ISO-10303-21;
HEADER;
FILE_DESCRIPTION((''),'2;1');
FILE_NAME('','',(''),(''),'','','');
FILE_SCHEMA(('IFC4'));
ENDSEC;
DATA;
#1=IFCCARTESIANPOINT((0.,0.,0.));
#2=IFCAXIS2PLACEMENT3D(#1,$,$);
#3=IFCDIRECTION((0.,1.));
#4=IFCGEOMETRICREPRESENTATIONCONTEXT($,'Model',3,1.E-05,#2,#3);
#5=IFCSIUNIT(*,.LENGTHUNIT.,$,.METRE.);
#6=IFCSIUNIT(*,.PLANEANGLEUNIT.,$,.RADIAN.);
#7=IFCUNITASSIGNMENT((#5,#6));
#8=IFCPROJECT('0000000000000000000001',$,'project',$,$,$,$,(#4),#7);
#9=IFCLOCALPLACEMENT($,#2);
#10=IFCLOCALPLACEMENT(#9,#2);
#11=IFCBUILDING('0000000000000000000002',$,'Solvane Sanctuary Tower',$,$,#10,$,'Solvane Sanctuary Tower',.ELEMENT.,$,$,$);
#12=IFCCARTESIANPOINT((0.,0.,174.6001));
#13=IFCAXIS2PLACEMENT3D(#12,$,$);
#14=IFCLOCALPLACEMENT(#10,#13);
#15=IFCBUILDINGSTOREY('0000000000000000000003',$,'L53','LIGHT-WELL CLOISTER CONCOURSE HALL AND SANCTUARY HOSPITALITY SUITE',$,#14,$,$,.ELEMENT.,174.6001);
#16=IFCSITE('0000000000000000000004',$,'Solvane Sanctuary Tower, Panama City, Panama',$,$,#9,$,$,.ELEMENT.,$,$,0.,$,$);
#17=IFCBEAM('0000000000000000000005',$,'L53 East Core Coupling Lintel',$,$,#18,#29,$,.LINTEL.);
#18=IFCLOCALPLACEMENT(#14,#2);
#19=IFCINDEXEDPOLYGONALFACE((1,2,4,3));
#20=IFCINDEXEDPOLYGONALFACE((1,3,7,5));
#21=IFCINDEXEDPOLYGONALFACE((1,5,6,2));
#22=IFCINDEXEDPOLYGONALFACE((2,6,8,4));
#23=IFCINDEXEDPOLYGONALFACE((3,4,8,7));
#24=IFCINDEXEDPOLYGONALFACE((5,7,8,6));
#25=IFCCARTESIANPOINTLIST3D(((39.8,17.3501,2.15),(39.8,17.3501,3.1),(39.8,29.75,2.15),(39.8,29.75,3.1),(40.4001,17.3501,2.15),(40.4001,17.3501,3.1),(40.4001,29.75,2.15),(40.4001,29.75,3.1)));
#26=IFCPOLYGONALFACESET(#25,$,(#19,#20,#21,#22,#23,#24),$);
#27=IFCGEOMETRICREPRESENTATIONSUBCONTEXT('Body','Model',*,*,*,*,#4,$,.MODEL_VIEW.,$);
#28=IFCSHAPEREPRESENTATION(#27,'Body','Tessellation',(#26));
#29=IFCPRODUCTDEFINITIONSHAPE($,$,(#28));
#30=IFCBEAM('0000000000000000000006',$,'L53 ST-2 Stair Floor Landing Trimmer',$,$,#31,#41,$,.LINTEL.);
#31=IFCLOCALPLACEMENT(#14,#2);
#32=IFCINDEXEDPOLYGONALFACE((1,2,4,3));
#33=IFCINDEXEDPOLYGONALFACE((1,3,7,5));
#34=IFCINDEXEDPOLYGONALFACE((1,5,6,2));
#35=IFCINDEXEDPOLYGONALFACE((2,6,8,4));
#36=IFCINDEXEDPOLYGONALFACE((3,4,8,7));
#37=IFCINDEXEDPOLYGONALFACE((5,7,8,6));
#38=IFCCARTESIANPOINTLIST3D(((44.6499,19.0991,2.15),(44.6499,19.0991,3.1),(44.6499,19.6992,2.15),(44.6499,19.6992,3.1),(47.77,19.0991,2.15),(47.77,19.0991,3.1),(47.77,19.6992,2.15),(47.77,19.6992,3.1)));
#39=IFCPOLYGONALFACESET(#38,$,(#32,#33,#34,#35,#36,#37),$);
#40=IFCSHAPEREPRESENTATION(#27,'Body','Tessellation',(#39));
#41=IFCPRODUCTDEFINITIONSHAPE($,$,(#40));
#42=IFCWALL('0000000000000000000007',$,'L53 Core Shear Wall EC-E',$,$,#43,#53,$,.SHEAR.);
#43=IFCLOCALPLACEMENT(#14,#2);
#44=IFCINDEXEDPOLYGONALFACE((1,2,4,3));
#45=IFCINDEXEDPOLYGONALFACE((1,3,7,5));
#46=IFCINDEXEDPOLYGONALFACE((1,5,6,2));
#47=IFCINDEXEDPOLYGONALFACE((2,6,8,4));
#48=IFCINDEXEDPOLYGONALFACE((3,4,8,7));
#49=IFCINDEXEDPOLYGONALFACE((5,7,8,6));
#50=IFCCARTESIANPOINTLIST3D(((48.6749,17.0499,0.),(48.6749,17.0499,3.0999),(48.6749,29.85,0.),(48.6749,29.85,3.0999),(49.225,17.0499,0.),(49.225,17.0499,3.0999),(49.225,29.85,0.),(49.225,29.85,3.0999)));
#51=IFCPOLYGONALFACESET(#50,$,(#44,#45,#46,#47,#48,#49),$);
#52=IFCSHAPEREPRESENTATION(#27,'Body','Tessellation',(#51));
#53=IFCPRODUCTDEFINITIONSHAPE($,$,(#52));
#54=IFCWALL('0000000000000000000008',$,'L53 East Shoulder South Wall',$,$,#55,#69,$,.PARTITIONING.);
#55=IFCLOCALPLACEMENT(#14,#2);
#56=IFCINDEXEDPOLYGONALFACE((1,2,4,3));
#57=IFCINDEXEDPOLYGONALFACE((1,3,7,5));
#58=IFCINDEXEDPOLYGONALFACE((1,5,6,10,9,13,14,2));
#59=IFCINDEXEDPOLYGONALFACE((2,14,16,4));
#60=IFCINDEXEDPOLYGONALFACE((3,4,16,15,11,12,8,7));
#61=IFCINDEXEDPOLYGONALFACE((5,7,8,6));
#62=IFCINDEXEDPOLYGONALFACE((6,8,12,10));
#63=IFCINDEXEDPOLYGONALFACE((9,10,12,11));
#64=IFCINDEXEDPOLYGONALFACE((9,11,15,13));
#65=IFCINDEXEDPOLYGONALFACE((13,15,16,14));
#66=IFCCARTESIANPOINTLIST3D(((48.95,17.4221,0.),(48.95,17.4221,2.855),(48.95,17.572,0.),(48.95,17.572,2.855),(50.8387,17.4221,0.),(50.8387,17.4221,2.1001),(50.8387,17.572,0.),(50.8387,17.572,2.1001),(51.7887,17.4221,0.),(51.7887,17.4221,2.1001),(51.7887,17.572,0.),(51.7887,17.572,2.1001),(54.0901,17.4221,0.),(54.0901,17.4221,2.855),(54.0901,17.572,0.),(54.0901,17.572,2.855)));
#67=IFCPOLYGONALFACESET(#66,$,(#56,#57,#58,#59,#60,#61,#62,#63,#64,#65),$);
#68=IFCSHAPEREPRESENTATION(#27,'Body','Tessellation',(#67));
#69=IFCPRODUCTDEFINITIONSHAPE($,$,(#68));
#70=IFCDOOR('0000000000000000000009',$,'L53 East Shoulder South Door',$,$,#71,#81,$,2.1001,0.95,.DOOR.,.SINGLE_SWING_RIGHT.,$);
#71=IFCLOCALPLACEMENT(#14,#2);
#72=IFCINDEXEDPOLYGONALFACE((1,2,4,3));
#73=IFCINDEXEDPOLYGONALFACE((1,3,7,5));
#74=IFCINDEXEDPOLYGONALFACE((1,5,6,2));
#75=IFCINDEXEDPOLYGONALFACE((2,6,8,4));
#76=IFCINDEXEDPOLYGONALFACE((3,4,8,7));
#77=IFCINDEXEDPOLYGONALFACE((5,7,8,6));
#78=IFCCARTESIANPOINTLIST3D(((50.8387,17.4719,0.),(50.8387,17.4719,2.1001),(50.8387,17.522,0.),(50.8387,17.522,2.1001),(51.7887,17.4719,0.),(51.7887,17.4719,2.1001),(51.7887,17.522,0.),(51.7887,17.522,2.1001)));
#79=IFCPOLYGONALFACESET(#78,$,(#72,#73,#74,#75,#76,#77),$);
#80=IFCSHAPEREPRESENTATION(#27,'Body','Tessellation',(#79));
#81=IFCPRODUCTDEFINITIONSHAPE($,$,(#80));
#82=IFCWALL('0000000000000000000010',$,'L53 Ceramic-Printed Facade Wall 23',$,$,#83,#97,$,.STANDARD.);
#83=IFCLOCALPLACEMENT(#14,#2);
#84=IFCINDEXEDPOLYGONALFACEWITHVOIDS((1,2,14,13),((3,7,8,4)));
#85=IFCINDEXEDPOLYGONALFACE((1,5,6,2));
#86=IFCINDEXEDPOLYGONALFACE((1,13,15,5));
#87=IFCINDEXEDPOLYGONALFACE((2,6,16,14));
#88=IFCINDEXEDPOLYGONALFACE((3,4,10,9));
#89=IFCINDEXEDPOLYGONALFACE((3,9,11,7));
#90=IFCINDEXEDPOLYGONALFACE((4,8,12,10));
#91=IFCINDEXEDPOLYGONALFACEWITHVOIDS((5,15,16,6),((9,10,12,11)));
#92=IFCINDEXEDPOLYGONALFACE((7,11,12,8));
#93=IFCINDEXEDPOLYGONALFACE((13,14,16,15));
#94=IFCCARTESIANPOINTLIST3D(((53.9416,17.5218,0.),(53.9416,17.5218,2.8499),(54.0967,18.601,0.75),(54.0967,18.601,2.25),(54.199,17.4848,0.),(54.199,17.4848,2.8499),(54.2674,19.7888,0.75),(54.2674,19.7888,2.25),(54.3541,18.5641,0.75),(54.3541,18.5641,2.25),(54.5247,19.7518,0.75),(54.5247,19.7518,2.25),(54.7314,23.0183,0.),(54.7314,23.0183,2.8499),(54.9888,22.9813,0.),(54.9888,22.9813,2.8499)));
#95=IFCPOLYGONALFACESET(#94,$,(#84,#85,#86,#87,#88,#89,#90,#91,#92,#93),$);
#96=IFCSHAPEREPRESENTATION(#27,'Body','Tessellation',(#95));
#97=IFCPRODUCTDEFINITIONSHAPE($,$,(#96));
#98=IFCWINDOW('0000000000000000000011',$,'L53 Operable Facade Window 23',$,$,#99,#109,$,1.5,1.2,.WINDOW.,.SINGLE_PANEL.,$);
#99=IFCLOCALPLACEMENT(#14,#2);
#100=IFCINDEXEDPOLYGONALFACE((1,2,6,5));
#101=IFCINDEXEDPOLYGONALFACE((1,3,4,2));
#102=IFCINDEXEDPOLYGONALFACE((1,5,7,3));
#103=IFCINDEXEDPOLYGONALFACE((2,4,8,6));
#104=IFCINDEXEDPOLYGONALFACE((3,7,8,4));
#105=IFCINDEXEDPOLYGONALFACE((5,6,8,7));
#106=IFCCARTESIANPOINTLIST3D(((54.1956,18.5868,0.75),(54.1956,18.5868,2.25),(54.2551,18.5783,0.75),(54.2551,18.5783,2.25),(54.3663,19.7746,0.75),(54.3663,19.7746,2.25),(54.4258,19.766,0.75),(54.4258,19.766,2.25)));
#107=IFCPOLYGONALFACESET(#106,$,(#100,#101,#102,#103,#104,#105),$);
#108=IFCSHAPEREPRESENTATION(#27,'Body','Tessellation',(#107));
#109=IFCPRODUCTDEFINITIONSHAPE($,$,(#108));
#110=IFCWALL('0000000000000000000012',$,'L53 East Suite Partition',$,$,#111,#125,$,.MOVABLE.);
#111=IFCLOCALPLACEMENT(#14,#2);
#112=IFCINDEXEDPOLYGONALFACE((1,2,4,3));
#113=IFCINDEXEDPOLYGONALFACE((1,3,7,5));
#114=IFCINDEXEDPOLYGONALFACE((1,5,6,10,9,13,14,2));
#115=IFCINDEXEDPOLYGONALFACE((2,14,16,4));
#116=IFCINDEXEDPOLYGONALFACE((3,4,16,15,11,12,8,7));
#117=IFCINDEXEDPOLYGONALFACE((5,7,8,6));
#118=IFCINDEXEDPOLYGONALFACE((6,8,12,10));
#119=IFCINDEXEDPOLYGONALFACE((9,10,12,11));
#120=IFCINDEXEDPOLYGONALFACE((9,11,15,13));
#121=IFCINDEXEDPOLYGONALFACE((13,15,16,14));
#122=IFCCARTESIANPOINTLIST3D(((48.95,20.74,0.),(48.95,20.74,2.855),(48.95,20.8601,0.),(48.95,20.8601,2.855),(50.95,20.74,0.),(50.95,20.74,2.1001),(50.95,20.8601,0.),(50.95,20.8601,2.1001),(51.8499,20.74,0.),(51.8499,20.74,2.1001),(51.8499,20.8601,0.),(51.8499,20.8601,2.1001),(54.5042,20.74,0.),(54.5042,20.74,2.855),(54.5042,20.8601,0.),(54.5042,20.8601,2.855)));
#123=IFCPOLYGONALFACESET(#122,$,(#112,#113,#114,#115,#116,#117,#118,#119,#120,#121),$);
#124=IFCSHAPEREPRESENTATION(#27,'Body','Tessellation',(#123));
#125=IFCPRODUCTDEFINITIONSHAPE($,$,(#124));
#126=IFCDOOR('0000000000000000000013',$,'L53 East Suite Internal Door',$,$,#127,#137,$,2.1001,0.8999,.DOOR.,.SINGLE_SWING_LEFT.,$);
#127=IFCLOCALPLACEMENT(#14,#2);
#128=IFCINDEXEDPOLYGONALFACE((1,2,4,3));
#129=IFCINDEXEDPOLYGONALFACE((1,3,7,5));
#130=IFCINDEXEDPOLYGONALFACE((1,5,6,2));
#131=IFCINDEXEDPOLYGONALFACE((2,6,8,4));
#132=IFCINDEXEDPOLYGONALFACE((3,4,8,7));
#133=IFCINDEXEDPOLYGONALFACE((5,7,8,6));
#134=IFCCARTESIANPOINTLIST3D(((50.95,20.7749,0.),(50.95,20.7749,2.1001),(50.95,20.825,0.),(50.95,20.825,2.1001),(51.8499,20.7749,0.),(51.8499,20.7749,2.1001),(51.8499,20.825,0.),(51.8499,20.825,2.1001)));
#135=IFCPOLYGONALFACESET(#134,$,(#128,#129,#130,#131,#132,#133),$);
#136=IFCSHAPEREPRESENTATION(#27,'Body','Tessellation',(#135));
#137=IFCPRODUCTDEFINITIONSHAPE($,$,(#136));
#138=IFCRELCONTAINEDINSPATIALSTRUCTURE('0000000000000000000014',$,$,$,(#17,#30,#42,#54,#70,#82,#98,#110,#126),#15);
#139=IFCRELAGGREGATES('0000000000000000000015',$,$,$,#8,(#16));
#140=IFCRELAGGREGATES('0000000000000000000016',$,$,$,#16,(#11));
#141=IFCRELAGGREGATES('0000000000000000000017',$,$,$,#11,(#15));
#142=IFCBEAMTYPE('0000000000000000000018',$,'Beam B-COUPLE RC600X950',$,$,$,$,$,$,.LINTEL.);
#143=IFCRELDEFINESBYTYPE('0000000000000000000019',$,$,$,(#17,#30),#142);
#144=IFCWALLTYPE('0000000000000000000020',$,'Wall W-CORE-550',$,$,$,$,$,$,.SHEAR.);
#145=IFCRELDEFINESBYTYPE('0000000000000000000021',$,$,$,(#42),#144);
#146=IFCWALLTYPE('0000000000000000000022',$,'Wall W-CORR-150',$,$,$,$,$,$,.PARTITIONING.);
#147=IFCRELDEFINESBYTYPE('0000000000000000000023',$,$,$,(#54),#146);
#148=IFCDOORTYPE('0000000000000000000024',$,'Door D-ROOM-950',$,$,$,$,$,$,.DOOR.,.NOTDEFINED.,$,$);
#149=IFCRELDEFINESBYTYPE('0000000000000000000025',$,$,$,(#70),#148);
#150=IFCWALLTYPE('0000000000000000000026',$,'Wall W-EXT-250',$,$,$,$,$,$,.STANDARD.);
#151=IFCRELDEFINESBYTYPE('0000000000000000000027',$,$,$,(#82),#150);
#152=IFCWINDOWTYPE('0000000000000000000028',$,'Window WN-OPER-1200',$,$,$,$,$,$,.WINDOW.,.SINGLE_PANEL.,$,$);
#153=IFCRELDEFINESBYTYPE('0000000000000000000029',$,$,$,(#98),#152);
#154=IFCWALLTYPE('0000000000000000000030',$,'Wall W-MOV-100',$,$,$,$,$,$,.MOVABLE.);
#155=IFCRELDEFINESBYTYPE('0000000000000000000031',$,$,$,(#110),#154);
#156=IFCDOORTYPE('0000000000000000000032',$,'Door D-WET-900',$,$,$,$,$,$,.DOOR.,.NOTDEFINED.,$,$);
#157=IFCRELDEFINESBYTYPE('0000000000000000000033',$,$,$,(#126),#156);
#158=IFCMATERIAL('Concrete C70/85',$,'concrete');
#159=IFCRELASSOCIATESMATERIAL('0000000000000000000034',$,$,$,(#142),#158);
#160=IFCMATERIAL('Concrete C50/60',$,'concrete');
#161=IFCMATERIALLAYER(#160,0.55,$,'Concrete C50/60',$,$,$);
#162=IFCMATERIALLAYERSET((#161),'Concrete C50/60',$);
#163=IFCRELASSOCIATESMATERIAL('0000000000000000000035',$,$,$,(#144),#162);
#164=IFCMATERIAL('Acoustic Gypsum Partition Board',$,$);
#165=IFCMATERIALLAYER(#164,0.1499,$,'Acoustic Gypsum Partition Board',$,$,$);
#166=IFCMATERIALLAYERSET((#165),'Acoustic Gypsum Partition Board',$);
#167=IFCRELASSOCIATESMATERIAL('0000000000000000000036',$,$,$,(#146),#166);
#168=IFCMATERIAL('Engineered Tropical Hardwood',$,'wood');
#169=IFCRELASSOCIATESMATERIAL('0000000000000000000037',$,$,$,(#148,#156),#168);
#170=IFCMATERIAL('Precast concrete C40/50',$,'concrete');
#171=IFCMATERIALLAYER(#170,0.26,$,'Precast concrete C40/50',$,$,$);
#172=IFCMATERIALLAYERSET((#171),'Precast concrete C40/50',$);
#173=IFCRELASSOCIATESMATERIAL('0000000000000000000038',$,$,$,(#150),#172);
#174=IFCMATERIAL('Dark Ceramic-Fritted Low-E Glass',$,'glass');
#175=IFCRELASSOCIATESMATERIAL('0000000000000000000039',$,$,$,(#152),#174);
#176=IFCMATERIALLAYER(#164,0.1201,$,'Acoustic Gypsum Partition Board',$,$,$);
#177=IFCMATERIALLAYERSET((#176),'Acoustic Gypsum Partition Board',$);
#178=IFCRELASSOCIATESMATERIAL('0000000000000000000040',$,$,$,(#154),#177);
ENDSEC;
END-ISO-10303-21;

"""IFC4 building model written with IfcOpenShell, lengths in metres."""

from ifc_helpers import new_model, si_unit, direction, frame, frame_2d, origin, origin_2d, place, context, subcontext, project, spatial, rectangle, extrude, material, layer, layer_set, material_profile, profile_set, type_object, element, fill, save


model = new_model("IFC4")

# Units and contexts
model_context = context("Model", 3, precision=1e-05, world=origin(), true_north=direction((0.0, 1.0)))
body_context = subcontext(model_context, "Body", "Model", "MODEL_VIEW")
ifc_project = project(units=[si_unit("LENGTHUNIT", "METRE"), si_unit("PLANEANGLEUNIT", "RADIAN")], contexts=[model_context])

# Site, building, storey
site_placement = place(None, origin())
site = spatial("IfcSite", under=ifc_project, at=site_placement, Name="Solvane Sanctuary Tower, Panama City, Panama", CompositionType="ELEMENT", RefElevation=0.0)
building_placement = place(site_placement, origin())
building = spatial("IfcBuilding", under=site, at=building_placement, Name="Solvane Sanctuary Tower", LongName="Solvane Sanctuary Tower", CompositionType="ELEMENT")
storey_placement = place(building_placement, frame((0.0, 0.0, 174.6001)))
storey = spatial("IfcBuildingStorey", under=building, at=storey_placement, Name="L53", Description="LIGHT-WELL CLOISTER CONCOURSE HALL AND SANCTUARY HOSPITALITY SUITE", CompositionType="ELEMENT", Elevation=174.6001)

# Beams
ifc_material_1 = material(Name="Concrete C70/85", Category="concrete")
ifc_material_profile = material_profile(ifc_material_1, rectangle(XDim=0.6001, YDim=0.95, at=origin_2d()), Name="RC600X950")
ifc_profile_set = profile_set([ifc_material_profile], Name="Concrete C70/85")
beam_type = type_object("IfcBeamType", Name="Beam B-COUPLE RC600X950", PredefinedType="LINTEL", material=ifc_profile_set)
beam_1_placement = place(storey_placement, frame((40.1001, 17.3501, 2.625), z_axis=(0.0, 1.0, 0.0), x_axis=(-1.0, 0.0, 0.0)))
element("IfcBeam", 1, at=beam_1_placement, inside=storey, type_object=beam_type, Name="L53 East Core Coupling Lintel", PredefinedType="LINTEL", context=body_context, shape_type="SweptSolid", body=[
    extrude(rectangle(XDim=0.6001, YDim=0.95, at=origin_2d()), origin(), (0.0, 0.0, 1.0), 12.3999),
])
beam_2_placement = place(storey_placement, frame((44.6499, 19.3992, 2.625), z_axis=(1.0, 0.0, 0.0), x_axis=(0.0, 1.0, 0.0)))
element("IfcBeam", 2, at=beam_2_placement, inside=storey, type_object=beam_type, Name="L53 ST-2 Stair Floor Landing Trimmer", PredefinedType="LINTEL", context=body_context, shape_type="SweptSolid", body=[
    extrude(rectangle(XDim=0.6001, YDim=0.95, at=origin_2d()), origin(), (0.0, 0.0, 1.0), 3.1201),
])

# Wall
ifc_material_2 = material(Name="Concrete C50/60", Category="concrete")
ifc_layer_1 = layer(ifc_material_2, 0.55, Name="Concrete C50/60")
ifc_layer_set_1 = layer_set([ifc_layer_1], Name="Concrete C50/60")
wall_type_1 = type_object("IfcWallType", Name="Wall W-CORE-550", PredefinedType="SHEAR", material=ifc_layer_set_1)
wall_1_placement = place(storey_placement, frame((48.95, 17.05, 0.0), z_axis=(0.0, 0.0, 1.0), x_axis=(0.0, 1.0, 0.0)))
element("IfcWall", 3, at=wall_1_placement, inside=storey, type_object=wall_type_1, Name="L53 Core Shear Wall EC-E", PredefinedType="SHEAR", context=body_context, shape_type="SweptSolid", body=[
    extrude(rectangle(XDim=12.8, YDim=0.55, at=frame_2d((6.3999, 0.0))), origin(), (0.0, 0.0, 1.0), 3.0999),
])

# Wall, opening, door
ifc_material_3 = material(Name="Acoustic Gypsum Partition Board")
ifc_layer_2 = layer(ifc_material_3, 0.1499, Name="Acoustic Gypsum Partition Board")
ifc_layer_set_2 = layer_set([ifc_layer_2], Name="Acoustic Gypsum Partition Board")
wall_type_2 = type_object("IfcWallType", Name="Wall W-CORR-150", PredefinedType="PARTITIONING", material=ifc_layer_set_2)
wall_2_placement = place(storey_placement, frame((48.95, 17.4971, 0.0), z_axis=(0.0, 0.0, 1.0), x_axis=(1.0, 0.0, 0.0)))
wall_2 = element("IfcWall", 4, at=wall_2_placement, inside=storey, type_object=wall_type_2, Name="L53 East Shoulder South Wall", PredefinedType="PARTITIONING", context=body_context, shape_type="SweptSolid", body=[
    extrude(rectangle(XDim=5.1401, YDim=0.1499, at=frame_2d((2.5701, 0.0))), origin(), (0.0, 0.0, 1.0), 2.855),
])
opening_1_placement = place(wall_2_placement, frame((1.8887, 0.0, 0.0)))
opening_1 = element("IfcOpeningElement", 5, at=opening_1_placement, cuts=wall_2, PredefinedType="OPENING", context=body_context, shape_type="SweptSolid", body=[
    extrude(rectangle(XDim=0.95, YDim=2.1001, at=frame_2d((0.4751, 1.05))), frame((0.0, 0.085, 0.0), z_axis=(0.0, -1.0, 0.0), x_axis=(1.0, 0.0, 0.0)), (0.0, 0.0, 1.0), 0.1699),
])
ifc_material_4 = material(Name="Engineered Tropical Hardwood", Category="wood")
door_type_1 = type_object("IfcDoorType", Name="Door D-ROOM-950", OperationType="NOTDEFINED", PredefinedType="DOOR", material=ifc_material_4)
door_1_placement = place(opening_1_placement, origin())
door_1 = element("IfcDoor", 6, at=door_1_placement, inside=storey, type_object=door_type_1, Name="L53 East Shoulder South Door", OperationType="SINGLE_SWING_RIGHT", OverallHeight=2.1001, OverallWidth=0.95, PredefinedType="DOOR", context=body_context, shape_type="SweptSolid", body=[
    extrude(rectangle(XDim=0.95, YDim=2.1001, at=frame_2d((0.4751, 1.05))), frame((0.0, 0.0249, 0.0), z_axis=(0.0, -1.0, 0.0), x_axis=(1.0, 0.0, 0.0)), (0.0, 0.0, 1.0), 0.05),
])
fill(opening_1, door_1)

# Wall, opening, window
ifc_material_5 = material(Name="Precast concrete C40/50", Category="concrete")
ifc_layer_3 = layer(ifc_material_5, 0.26, Name="Precast concrete C40/50")
ifc_layer_set_3 = layer_set([ifc_layer_3], Name="Precast concrete C40/50")
wall_type_3 = type_object("IfcWallType", Name="Wall W-EXT-250", PredefinedType="STANDARD", material=ifc_layer_set_3)
wall_3_placement = place(storey_placement, frame((54.0703, 17.5034, 0.0), z_axis=(0.0, 0.0, 1.0), x_axis=(0.142228, 0.989834, 0.0)))
wall_3 = element("IfcWall", 7, at=wall_3_placement, inside=storey, type_object=wall_type_3, Name="L53 Ceramic-Printed Facade Wall 23", PredefinedType="STANDARD", context=body_context, shape_type="SweptSolid", body=[
    extrude(rectangle(XDim=5.553, YDim=0.26, at=frame_2d((2.7764, 0.0))), origin(), (0.0, 0.0, 1.0), 2.8499),
])
opening_2_placement = place(wall_3_placement, frame((1.0901, 0.0, 0.75)))
opening_2 = element("IfcOpeningElement", 8, at=opening_2_placement, cuts=wall_3, PredefinedType="OPENING", context=body_context, shape_type="SweptSolid", body=[
    extrude(rectangle(XDim=1.2, YDim=1.5, at=frame_2d((0.6001, 0.75))), frame((0.0, 0.1399, 0.0), z_axis=(0.0, -1.0, 0.0), x_axis=(1.0, 0.0, 0.0)), (0.0, 0.0, 1.0), 0.28),
])
ifc_material_6 = material(Name="Dark Ceramic-Fritted Low-E Glass", Category="glass")
window_type = type_object("IfcWindowType", Name="Window WN-OPER-1200", PartitioningType="SINGLE_PANEL", PredefinedType="WINDOW", material=ifc_material_6)
window_placement = place(opening_2_placement, origin())
window = element("IfcWindow", 9, at=window_placement, inside=storey, type_object=window_type, Name="L53 Operable Facade Window 23", OverallHeight=1.5, OverallWidth=1.2, PartitioningType="SINGLE_PANEL", PredefinedType="WINDOW", context=body_context, shape_type="SweptSolid", body=[
    extrude(rectangle(XDim=1.2, YDim=1.5, at=frame_2d((0.6001, 0.75))), frame((0.0, 0.03, 0.0), z_axis=(0.0, -1.0, 0.0), x_axis=(1.0, 0.0, 0.0)), (0.0, 0.0, 1.0), 0.0601),
])
fill(opening_2, window)

# Wall, opening, door
ifc_layer_4 = layer(ifc_material_3, 0.1201, Name="Acoustic Gypsum Partition Board")
ifc_layer_set_4 = layer_set([ifc_layer_4], Name="Acoustic Gypsum Partition Board")
wall_type_4 = type_object("IfcWallType", Name="Wall W-MOV-100", PredefinedType="MOVABLE", material=ifc_layer_set_4)
wall_4_placement = place(storey_placement, frame((48.95, 20.8, 0.0), z_axis=(0.0, 0.0, 1.0), x_axis=(1.0, 0.0, 0.0)))
wall_4 = element("IfcWall", 10, at=wall_4_placement, inside=storey, type_object=wall_type_4, Name="L53 East Suite Partition", PredefinedType="MOVABLE", context=body_context, shape_type="SweptSolid", body=[
    extrude(rectangle(XDim=5.5542, YDim=0.1201, at=frame_2d((2.7771, 0.0))), origin(), (0.0, 0.0, 1.0), 2.855),
])
opening_3_placement = place(wall_4_placement, frame((2.0, 0.0, 0.0)))
opening_3 = element("IfcOpeningElement", 11, at=opening_3_placement, cuts=wall_4, PredefinedType="OPENING", context=body_context, shape_type="SweptSolid", body=[
    extrude(rectangle(XDim=0.8999, YDim=2.1001, at=frame_2d((0.45, 1.05))), frame((0.0, 0.0701, 0.0), z_axis=(0.0, -1.0, 0.0), x_axis=(1.0, 0.0, 0.0)), (0.0, 0.0, 1.0), 0.1401),
])
door_type_2 = type_object("IfcDoorType", Name="Door D-WET-900", OperationType="NOTDEFINED", PredefinedType="DOOR", material=ifc_material_4)
door_2_placement = place(opening_3_placement, origin())
door_2 = element("IfcDoor", 12, at=door_2_placement, inside=storey, type_object=door_type_2, Name="L53 East Suite Internal Door", OperationType="SINGLE_SWING_LEFT", OverallHeight=2.1001, OverallWidth=0.8999, PredefinedType="DOOR", context=body_context, shape_type="SweptSolid", body=[
    extrude(rectangle(XDim=0.8999, YDim=2.1001, at=frame_2d((0.45, 1.05))), frame((0.0, 0.0249, 0.0), z_axis=(0.0, -1.0, 0.0), x_axis=(1.0, 0.0, 0.0)), (0.0, 0.0, 1.0), 0.05),
])
fill(opening_3, door_2)

save(model, "model.ifc")
